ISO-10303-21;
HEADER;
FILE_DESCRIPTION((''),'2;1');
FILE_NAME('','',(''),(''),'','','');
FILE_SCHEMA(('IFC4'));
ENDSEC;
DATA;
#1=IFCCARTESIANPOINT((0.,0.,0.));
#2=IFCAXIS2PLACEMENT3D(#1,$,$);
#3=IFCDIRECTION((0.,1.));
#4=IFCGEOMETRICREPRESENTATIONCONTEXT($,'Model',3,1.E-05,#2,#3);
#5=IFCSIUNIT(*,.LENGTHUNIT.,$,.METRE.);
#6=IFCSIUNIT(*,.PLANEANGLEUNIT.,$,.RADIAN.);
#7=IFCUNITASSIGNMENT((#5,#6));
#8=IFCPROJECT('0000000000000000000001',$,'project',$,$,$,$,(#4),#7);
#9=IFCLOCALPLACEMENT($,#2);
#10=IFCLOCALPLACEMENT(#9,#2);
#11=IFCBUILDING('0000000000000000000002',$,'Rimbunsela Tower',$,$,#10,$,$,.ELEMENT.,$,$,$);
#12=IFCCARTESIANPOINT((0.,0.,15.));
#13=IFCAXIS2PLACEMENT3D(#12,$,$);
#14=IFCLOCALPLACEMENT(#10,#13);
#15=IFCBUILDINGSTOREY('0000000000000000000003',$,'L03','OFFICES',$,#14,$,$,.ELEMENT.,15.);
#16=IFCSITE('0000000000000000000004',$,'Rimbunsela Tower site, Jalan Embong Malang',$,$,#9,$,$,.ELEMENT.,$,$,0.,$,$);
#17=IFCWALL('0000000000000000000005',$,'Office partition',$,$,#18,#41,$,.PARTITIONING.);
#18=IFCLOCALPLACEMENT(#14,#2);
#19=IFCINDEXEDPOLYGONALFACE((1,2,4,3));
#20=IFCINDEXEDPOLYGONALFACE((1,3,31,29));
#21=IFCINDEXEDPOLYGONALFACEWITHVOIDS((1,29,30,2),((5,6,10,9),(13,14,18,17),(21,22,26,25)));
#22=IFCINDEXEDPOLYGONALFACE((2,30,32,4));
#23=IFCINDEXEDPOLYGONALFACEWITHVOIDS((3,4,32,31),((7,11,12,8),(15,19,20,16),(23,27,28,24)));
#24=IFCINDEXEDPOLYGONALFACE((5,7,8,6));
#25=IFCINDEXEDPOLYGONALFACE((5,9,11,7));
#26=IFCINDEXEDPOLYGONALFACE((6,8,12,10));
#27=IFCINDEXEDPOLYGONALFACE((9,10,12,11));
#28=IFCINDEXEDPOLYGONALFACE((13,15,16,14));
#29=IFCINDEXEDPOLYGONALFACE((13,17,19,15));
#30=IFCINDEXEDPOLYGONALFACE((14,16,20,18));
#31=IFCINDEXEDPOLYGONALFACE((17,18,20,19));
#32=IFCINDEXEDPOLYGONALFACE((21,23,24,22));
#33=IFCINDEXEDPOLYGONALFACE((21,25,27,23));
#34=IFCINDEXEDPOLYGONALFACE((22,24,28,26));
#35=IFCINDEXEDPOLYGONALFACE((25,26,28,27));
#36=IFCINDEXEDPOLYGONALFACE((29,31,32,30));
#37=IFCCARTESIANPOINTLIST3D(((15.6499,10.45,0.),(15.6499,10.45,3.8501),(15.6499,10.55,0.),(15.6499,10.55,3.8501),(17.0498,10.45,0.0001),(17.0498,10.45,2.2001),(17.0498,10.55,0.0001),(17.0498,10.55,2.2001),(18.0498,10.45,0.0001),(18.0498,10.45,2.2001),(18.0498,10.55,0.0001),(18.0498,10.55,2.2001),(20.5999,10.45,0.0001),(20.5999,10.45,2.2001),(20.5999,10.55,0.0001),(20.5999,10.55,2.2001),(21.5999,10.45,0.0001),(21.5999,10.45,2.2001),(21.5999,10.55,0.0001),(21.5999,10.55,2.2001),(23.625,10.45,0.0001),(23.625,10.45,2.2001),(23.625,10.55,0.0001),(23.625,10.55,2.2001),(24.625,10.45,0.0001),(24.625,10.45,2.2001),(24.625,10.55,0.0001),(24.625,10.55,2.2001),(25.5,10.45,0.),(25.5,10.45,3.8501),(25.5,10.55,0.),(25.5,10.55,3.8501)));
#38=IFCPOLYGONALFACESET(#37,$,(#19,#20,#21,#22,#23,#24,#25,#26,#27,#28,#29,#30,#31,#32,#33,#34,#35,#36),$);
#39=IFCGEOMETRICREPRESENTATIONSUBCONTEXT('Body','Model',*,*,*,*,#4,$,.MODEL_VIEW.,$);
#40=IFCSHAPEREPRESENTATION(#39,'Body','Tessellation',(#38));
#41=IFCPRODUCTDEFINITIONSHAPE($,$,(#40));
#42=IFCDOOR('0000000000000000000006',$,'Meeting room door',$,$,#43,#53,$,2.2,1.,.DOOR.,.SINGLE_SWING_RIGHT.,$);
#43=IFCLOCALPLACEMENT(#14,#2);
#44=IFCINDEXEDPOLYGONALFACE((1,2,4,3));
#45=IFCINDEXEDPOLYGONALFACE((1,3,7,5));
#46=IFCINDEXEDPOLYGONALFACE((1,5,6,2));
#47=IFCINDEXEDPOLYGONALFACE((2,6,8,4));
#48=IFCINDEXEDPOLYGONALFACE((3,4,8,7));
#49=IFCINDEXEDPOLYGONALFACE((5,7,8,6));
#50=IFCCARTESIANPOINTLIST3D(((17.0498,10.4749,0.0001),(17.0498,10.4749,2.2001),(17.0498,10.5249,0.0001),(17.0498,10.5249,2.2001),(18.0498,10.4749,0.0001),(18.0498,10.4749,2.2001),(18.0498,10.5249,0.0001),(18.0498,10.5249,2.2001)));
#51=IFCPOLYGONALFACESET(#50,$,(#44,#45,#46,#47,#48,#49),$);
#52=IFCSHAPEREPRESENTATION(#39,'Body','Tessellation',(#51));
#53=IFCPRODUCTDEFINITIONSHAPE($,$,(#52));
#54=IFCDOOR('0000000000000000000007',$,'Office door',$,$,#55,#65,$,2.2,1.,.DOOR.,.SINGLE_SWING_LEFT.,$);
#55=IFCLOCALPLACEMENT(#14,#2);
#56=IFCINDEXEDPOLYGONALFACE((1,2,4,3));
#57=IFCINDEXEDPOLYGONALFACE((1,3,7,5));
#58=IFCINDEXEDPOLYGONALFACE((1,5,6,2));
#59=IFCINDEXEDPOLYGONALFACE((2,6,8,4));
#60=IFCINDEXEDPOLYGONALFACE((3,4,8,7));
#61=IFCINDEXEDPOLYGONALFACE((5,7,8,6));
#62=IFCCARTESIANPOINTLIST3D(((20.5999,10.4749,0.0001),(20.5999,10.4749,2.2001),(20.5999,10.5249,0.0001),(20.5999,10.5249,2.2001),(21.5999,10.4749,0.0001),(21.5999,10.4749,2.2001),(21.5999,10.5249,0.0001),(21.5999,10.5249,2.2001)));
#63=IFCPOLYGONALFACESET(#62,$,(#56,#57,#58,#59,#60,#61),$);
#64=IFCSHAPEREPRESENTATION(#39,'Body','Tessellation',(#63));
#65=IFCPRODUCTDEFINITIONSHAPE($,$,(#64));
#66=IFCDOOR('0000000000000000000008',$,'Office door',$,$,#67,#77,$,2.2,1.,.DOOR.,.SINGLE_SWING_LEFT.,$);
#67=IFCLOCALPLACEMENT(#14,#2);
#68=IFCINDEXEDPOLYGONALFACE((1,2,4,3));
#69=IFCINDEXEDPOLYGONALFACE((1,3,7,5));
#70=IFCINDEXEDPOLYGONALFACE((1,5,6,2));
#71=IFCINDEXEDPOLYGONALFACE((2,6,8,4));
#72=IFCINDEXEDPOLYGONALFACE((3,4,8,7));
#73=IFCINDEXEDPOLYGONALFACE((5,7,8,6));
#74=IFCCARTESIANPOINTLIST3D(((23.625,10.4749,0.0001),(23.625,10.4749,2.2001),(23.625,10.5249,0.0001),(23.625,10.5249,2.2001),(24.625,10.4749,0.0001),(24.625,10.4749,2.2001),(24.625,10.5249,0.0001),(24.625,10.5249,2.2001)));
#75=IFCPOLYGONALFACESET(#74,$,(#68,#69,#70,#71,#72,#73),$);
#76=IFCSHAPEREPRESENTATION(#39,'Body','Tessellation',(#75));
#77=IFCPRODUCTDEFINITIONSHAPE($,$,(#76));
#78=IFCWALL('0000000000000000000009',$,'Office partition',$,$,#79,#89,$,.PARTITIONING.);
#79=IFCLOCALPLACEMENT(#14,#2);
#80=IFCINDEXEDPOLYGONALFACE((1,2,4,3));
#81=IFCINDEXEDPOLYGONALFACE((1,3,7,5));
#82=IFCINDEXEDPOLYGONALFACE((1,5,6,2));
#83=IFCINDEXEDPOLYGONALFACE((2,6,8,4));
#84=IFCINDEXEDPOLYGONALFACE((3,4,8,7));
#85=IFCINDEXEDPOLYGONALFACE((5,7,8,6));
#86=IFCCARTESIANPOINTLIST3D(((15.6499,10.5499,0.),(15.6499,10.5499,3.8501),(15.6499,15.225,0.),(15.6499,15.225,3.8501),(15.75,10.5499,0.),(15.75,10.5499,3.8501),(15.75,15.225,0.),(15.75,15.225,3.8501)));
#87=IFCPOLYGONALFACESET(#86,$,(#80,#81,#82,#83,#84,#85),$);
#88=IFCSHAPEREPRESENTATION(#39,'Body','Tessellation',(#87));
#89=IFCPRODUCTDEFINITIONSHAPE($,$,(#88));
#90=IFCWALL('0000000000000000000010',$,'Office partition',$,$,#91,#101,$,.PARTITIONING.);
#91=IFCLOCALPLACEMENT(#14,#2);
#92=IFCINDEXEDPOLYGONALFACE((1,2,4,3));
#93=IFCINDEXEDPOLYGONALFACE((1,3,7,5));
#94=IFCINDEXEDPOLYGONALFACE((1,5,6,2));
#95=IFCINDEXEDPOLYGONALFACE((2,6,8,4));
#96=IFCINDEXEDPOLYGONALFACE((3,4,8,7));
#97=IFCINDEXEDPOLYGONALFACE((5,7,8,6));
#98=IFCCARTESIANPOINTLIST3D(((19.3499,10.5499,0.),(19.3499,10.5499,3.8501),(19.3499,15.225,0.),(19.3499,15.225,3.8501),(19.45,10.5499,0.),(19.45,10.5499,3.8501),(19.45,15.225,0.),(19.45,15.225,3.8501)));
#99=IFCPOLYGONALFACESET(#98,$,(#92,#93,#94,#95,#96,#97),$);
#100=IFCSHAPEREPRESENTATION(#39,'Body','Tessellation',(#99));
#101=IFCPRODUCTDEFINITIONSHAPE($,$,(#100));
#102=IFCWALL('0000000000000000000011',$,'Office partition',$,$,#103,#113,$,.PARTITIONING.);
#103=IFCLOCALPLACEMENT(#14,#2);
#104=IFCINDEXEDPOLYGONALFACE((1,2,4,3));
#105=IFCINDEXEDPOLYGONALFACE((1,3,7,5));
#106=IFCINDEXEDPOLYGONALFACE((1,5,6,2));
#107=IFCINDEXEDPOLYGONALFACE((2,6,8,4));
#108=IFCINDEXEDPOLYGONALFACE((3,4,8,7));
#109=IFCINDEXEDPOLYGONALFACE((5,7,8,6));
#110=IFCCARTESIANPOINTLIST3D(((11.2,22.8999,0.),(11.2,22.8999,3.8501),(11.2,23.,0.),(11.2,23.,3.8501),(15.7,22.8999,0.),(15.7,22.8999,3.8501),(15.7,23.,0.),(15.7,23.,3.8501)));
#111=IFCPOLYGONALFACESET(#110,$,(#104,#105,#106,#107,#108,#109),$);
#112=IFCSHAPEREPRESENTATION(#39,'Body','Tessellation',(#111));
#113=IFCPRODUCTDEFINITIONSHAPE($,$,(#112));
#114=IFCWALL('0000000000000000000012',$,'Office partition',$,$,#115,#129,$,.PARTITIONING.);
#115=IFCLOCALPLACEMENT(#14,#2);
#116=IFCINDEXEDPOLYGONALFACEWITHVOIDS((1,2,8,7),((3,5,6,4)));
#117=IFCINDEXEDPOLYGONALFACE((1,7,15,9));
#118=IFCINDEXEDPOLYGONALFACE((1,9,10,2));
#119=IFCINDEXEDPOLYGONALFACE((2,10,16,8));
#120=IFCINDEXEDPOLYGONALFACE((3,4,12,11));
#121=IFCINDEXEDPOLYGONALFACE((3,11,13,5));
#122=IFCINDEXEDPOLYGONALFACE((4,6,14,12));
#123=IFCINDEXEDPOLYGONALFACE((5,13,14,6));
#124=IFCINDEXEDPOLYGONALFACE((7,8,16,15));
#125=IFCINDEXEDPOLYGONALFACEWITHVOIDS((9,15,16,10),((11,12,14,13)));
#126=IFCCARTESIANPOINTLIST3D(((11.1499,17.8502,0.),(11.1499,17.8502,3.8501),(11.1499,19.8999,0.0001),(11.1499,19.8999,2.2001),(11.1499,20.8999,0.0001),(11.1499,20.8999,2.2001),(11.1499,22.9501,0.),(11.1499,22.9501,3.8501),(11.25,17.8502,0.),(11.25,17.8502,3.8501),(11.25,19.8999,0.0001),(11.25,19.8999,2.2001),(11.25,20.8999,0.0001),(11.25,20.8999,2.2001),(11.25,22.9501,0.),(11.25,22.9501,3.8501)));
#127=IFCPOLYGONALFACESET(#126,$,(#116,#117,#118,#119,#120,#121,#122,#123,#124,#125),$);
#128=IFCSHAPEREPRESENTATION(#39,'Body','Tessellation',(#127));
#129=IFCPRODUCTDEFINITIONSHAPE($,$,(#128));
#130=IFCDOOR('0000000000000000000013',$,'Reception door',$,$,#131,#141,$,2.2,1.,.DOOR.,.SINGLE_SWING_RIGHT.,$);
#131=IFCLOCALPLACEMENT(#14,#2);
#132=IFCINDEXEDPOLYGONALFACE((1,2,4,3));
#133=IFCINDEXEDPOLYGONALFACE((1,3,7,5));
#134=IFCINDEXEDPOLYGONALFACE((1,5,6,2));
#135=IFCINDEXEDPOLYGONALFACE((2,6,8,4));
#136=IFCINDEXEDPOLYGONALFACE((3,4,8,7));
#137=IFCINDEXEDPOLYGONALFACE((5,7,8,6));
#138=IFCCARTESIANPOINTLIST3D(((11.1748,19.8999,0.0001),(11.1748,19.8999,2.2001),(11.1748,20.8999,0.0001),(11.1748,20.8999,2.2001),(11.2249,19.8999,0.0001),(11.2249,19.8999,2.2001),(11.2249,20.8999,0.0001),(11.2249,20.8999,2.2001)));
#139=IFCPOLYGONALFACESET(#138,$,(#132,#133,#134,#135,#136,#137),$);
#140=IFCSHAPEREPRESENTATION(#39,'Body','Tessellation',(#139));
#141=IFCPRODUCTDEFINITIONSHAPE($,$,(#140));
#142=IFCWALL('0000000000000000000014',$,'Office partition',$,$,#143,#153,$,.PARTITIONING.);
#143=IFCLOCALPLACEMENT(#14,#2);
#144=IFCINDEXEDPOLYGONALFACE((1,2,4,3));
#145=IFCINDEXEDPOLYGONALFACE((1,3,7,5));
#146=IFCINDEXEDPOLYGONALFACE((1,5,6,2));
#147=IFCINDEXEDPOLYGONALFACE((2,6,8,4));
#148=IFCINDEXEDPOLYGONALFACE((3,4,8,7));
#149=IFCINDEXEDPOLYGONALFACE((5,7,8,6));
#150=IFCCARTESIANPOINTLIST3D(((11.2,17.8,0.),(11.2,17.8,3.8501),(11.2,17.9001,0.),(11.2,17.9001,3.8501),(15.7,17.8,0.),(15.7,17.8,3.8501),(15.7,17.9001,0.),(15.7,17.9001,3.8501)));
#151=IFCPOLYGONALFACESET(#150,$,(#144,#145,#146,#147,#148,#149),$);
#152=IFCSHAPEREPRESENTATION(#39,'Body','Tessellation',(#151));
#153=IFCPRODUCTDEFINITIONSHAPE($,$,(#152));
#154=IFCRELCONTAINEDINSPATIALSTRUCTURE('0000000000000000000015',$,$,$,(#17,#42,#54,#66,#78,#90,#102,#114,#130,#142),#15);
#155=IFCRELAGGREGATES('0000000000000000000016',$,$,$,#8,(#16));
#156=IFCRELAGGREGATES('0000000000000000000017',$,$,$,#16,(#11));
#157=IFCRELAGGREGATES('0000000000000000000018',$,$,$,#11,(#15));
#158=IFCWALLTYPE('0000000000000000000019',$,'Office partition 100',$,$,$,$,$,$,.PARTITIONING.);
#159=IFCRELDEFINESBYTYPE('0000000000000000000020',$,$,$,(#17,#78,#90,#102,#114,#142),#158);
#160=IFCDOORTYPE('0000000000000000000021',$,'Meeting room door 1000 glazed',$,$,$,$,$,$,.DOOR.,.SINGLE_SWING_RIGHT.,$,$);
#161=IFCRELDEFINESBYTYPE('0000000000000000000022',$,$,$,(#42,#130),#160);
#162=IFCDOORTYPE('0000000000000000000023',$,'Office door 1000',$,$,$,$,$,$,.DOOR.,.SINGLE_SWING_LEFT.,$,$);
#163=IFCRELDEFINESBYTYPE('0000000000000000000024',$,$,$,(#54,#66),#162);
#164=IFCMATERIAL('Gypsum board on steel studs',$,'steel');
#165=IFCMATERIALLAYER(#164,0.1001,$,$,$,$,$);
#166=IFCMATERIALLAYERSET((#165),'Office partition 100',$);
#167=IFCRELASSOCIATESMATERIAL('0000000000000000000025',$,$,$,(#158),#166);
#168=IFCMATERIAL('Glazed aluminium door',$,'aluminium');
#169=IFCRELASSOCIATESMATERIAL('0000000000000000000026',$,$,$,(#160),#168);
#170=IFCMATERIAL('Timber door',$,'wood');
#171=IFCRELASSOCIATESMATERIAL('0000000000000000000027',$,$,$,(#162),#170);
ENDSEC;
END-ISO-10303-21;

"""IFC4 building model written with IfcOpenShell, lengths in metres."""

from ifc_helpers import new_model, si_unit, direction, frame, frame_2d, origin, place, context, subcontext, project, spatial, rectangle, extrude, material, layer, layer_set, type_object, element, fill, save


model = new_model("IFC4")

# Units and contexts
model_context = context("Model", 3, precision=1e-05, world=origin(), true_north=direction((0.0, 1.0)))
body_context = subcontext(model_context, "Body", "Model", "MODEL_VIEW")
ifc_project = project(units=[si_unit("LENGTHUNIT", "METRE"), si_unit("PLANEANGLEUNIT", "RADIAN")], contexts=[model_context])

# Site, building, storey
site_placement = place(None, origin())
site = spatial("IfcSite", under=ifc_project, at=site_placement, Name="Rimbunsela Tower site, Jalan Embong Malang", CompositionType="ELEMENT", RefElevation=0.0)
building_placement = place(site_placement, origin())
building = spatial("IfcBuilding", under=site, at=building_placement, Name="Rimbunsela Tower", CompositionType="ELEMENT")
storey_placement = place(building_placement, frame((0.0, 0.0, 15.0)))
storey = spatial("IfcBuildingStorey", under=building, at=storey_placement, Name="L03", Description="OFFICES", CompositionType="ELEMENT", Elevation=15.0)

# Wall, openings, doors
ifc_material_1 = material(Name="Gypsum board on steel studs", Category="steel")
ifc_layer_1 = layer(ifc_material_1, 0.1001)
ifc_layer_set_1 = layer_set([ifc_layer_1], Name="Office partition 100")
wall_type_1 = type_object("IfcWallType", Name="Office partition 100", PredefinedType="PARTITIONING", material=ifc_layer_set_1)
wall_1_placement = place(storey_placement, frame((15.6499, 10.5, 0.0), z_axis=(0.0, 0.0, 1.0), x_axis=(1.0, 0.0, 0.0)))
wall_1 = element("IfcWall", 1, at=wall_1_placement, inside=storey, type_object=wall_type_1, Name="Office partition", PredefinedType="PARTITIONING", context=body_context, shape_type="SweptSolid", body=[
    extrude(rectangle(XDim=9.8501, YDim=0.1001, at=frame_2d((4.925, 0.0))), origin(), (0.0, 0.0, 1.0), 3.8501),
])
opening_1_placement = place(wall_1_placement, frame((1.3999, 0.0, 0.0)))
opening_1 = element("IfcOpeningElement", 2, at=opening_1_placement, cuts=wall_1, PredefinedType="OPENING", context=body_context, shape_type="SweptSolid", body=[
    extrude(rectangle(XDim=1.0, YDim=2.2, at=frame_2d((0.5, 1.1001))), frame((0.0, 0.0601, 0.0), z_axis=(0.0, -1.0, 0.0), x_axis=(1.0, 0.0, 0.0)), (0.0, 0.0, 1.0), 0.1201),
])
opening_2_placement = place(wall_1_placement, frame((4.95, 0.0, 0.0)))
opening_2 = element("IfcOpeningElement", 3, at=opening_2_placement, cuts=wall_1, PredefinedType="OPENING", context=body_context, shape_type="SweptSolid", body=[
    extrude(rectangle(XDim=1.0, YDim=2.2, at=frame_2d((0.5, 1.1001))), frame((0.0, 0.0601, 0.0), z_axis=(0.0, -1.0, 0.0), x_axis=(1.0, 0.0, 0.0)), (0.0, 0.0, 1.0), 0.1201),
])
opening_3_placement = place(wall_1_placement, frame((7.9751, 0.0, 0.0)))
opening_3 = element("IfcOpeningElement", 4, at=opening_3_placement, cuts=wall_1, PredefinedType="OPENING", context=body_context, shape_type="SweptSolid", body=[
    extrude(rectangle(XDim=1.0, YDim=2.2, at=frame_2d((0.5, 1.1001))), frame((0.0, 0.0601, 0.0), z_axis=(0.0, -1.0, 0.0), x_axis=(1.0, 0.0, 0.0)), (0.0, 0.0, 1.0), 0.1201),
])
ifc_material_2 = material(Name="Glazed aluminium door", Category="aluminium")
door_type_1 = type_object("IfcDoorType", Name="Meeting room door 1000 glazed", OperationType="SINGLE_SWING_RIGHT", PredefinedType="DOOR", material=ifc_material_2)
door_1_placement = place(opening_1_placement, origin())
door_1 = element("IfcDoor", 5, at=door_1_placement, inside=storey, type_object=door_type_1, Name="Meeting room door", OperationType="SINGLE_SWING_RIGHT", OverallHeight=2.2, OverallWidth=1.0, PredefinedType="DOOR", context=body_context, shape_type="SweptSolid", body=[
    extrude(rectangle(XDim=1.0, YDim=2.2, at=frame_2d((0.5, 1.1001))), frame((0.0, 0.0249, 0.0), z_axis=(0.0, -1.0, 0.0), x_axis=(1.0, 0.0, 0.0)), (0.0, 0.0, 1.0), 0.05),
])
fill(opening_1, door_1)
ifc_material_3 = material(Name="Timber door", Category="wood")
door_type_2 = type_object("IfcDoorType", Name="Office door 1000", OperationType="SINGLE_SWING_LEFT", PredefinedType="DOOR", material=ifc_material_3)
door_2_placement = place(opening_2_placement, origin())
door_2 = element("IfcDoor", 6, at=door_2_placement, inside=storey, type_object=door_type_2, Name="Office door", OperationType="SINGLE_SWING_LEFT", OverallHeight=2.2, OverallWidth=1.0, PredefinedType="DOOR", context=body_context, shape_type="SweptSolid", body=[
    extrude(rectangle(XDim=1.0, YDim=2.2, at=frame_2d((0.5, 1.1001))), frame((0.0, 0.0249, 0.0), z_axis=(0.0, -1.0, 0.0), x_axis=(1.0, 0.0, 0.0)), (0.0, 0.0, 1.0), 0.05),
])
fill(opening_2, door_2)
door_3_placement = place(opening_3_placement, origin())
door_3 = element("IfcDoor", 7, at=door_3_placement, inside=storey, type_object=door_type_2, Name="Office door", OperationType="SINGLE_SWING_LEFT", OverallHeight=2.2, OverallWidth=1.0, PredefinedType="DOOR", context=body_context, shape_type="SweptSolid", body=[
    extrude(rectangle(XDim=1.0, YDim=2.2, at=frame_2d((0.5, 1.1001))), frame((0.0, 0.0249, 0.0), z_axis=(0.0, -1.0, 0.0), x_axis=(1.0, 0.0, 0.0)), (0.0, 0.0, 1.0), 0.05),
])
fill(opening_3, door_3)

# Walls
for number, where, z_axis, x_axis, name in (
    (8, (15.7, 10.55, 0.0), (0.0, 0.0, 1.0), (0.0, 1.0, 0.0), "Office partition"),
    (9, (19.3999, 10.55, 0.0), (0.0, 0.0, 1.0), (0.0, 1.0, 0.0), "Office partition"),
):
    element("IfcWall", number, at=place(storey_placement, frame(where, z_axis=z_axis, x_axis=x_axis)), inside=storey, type_object=wall_type_1, Name=name, PredefinedType="PARTITIONING", context=body_context, shape_type="SweptSolid", body=[
        extrude(rectangle(XDim=4.675, YDim=0.1001, at=frame_2d((2.3374, 0.0))), origin(), (0.0, 0.0, 1.0), 3.8501),
    ])
wall_2_placement = place(storey_placement, frame((15.7, 22.95, 0.0), z_axis=(0.0, 0.0, 1.0), x_axis=(-1.0, 0.0, 0.0)))
element("IfcWall", 10, at=wall_2_placement, inside=storey, type_object=wall_type_1, Name="Office partition", PredefinedType="PARTITIONING", context=body_context, shape_type="SweptSolid", body=[
    extrude(rectangle(XDim=4.5, YDim=0.1001, at=frame_2d((2.25, 0.0))), origin(), (0.0, 0.0, 1.0), 3.8501),
])

# Wall, opening, door
wall_3_placement = place(storey_placement, frame((11.2, 22.95, 0.0), z_axis=(0.0, 0.0, 1.0), x_axis=(0.0, -1.0, 0.0)))
wall_3 = element("IfcWall", 11, at=wall_3_placement, inside=storey, type_object=wall_type_1, Name="Office partition", PredefinedType="PARTITIONING", context=body_context, shape_type="SweptSolid", body=[
    extrude(rectangle(XDim=5.0999, YDim=0.1001, at=frame_2d((2.5498, 0.0))), origin(), (0.0, 0.0, 1.0), 3.8501),
])
opening_4_placement = place(wall_3_placement, frame((2.05, 0.0, 0.0)))
opening_4 = element("IfcOpeningElement", 12, at=opening_4_placement, cuts=wall_3, PredefinedType="OPENING", context=body_context, shape_type="SweptSolid", body=[
    extrude(rectangle(XDim=1.0, YDim=2.2, at=frame_2d((0.5, 1.1001))), frame((0.0, 0.0601, 0.0), z_axis=(0.0, -1.0, 0.0), x_axis=(1.0, 0.0, 0.0)), (0.0, 0.0, 1.0), 0.1201),
])
door_4_placement = place(opening_4_placement, origin())
door_4 = element("IfcDoor", 13, at=door_4_placement, inside=storey, type_object=door_type_1, Name="Reception door", OperationType="SINGLE_SWING_RIGHT", OverallHeight=2.2, OverallWidth=1.0, PredefinedType="DOOR", context=body_context, shape_type="SweptSolid", body=[
    extrude(rectangle(XDim=1.0, YDim=2.2, at=frame_2d((0.5, 1.1001))), frame((0.0, 0.0249, 0.0), z_axis=(0.0, -1.0, 0.0), x_axis=(1.0, 0.0, 0.0)), (0.0, 0.0, 1.0), 0.05),
])
fill(opening_4, door_4)

# Wall
wall_4_placement = place(storey_placement, frame((11.2, 17.8501, 0.0), z_axis=(0.0, 0.0, 1.0), x_axis=(1.0, 0.0, 0.0)))
element("IfcWall", 14, at=wall_4_placement, inside=storey, type_object=wall_type_1, Name="Office partition", PredefinedType="PARTITIONING", context=body_context, shape_type="SweptSolid", body=[
    extrude(rectangle(XDim=4.5, YDim=0.1001, at=frame_2d((2.25, 0.0))), origin(), (0.0, 0.0, 1.0), 3.8501),
])

save(model, "model.ifc")
